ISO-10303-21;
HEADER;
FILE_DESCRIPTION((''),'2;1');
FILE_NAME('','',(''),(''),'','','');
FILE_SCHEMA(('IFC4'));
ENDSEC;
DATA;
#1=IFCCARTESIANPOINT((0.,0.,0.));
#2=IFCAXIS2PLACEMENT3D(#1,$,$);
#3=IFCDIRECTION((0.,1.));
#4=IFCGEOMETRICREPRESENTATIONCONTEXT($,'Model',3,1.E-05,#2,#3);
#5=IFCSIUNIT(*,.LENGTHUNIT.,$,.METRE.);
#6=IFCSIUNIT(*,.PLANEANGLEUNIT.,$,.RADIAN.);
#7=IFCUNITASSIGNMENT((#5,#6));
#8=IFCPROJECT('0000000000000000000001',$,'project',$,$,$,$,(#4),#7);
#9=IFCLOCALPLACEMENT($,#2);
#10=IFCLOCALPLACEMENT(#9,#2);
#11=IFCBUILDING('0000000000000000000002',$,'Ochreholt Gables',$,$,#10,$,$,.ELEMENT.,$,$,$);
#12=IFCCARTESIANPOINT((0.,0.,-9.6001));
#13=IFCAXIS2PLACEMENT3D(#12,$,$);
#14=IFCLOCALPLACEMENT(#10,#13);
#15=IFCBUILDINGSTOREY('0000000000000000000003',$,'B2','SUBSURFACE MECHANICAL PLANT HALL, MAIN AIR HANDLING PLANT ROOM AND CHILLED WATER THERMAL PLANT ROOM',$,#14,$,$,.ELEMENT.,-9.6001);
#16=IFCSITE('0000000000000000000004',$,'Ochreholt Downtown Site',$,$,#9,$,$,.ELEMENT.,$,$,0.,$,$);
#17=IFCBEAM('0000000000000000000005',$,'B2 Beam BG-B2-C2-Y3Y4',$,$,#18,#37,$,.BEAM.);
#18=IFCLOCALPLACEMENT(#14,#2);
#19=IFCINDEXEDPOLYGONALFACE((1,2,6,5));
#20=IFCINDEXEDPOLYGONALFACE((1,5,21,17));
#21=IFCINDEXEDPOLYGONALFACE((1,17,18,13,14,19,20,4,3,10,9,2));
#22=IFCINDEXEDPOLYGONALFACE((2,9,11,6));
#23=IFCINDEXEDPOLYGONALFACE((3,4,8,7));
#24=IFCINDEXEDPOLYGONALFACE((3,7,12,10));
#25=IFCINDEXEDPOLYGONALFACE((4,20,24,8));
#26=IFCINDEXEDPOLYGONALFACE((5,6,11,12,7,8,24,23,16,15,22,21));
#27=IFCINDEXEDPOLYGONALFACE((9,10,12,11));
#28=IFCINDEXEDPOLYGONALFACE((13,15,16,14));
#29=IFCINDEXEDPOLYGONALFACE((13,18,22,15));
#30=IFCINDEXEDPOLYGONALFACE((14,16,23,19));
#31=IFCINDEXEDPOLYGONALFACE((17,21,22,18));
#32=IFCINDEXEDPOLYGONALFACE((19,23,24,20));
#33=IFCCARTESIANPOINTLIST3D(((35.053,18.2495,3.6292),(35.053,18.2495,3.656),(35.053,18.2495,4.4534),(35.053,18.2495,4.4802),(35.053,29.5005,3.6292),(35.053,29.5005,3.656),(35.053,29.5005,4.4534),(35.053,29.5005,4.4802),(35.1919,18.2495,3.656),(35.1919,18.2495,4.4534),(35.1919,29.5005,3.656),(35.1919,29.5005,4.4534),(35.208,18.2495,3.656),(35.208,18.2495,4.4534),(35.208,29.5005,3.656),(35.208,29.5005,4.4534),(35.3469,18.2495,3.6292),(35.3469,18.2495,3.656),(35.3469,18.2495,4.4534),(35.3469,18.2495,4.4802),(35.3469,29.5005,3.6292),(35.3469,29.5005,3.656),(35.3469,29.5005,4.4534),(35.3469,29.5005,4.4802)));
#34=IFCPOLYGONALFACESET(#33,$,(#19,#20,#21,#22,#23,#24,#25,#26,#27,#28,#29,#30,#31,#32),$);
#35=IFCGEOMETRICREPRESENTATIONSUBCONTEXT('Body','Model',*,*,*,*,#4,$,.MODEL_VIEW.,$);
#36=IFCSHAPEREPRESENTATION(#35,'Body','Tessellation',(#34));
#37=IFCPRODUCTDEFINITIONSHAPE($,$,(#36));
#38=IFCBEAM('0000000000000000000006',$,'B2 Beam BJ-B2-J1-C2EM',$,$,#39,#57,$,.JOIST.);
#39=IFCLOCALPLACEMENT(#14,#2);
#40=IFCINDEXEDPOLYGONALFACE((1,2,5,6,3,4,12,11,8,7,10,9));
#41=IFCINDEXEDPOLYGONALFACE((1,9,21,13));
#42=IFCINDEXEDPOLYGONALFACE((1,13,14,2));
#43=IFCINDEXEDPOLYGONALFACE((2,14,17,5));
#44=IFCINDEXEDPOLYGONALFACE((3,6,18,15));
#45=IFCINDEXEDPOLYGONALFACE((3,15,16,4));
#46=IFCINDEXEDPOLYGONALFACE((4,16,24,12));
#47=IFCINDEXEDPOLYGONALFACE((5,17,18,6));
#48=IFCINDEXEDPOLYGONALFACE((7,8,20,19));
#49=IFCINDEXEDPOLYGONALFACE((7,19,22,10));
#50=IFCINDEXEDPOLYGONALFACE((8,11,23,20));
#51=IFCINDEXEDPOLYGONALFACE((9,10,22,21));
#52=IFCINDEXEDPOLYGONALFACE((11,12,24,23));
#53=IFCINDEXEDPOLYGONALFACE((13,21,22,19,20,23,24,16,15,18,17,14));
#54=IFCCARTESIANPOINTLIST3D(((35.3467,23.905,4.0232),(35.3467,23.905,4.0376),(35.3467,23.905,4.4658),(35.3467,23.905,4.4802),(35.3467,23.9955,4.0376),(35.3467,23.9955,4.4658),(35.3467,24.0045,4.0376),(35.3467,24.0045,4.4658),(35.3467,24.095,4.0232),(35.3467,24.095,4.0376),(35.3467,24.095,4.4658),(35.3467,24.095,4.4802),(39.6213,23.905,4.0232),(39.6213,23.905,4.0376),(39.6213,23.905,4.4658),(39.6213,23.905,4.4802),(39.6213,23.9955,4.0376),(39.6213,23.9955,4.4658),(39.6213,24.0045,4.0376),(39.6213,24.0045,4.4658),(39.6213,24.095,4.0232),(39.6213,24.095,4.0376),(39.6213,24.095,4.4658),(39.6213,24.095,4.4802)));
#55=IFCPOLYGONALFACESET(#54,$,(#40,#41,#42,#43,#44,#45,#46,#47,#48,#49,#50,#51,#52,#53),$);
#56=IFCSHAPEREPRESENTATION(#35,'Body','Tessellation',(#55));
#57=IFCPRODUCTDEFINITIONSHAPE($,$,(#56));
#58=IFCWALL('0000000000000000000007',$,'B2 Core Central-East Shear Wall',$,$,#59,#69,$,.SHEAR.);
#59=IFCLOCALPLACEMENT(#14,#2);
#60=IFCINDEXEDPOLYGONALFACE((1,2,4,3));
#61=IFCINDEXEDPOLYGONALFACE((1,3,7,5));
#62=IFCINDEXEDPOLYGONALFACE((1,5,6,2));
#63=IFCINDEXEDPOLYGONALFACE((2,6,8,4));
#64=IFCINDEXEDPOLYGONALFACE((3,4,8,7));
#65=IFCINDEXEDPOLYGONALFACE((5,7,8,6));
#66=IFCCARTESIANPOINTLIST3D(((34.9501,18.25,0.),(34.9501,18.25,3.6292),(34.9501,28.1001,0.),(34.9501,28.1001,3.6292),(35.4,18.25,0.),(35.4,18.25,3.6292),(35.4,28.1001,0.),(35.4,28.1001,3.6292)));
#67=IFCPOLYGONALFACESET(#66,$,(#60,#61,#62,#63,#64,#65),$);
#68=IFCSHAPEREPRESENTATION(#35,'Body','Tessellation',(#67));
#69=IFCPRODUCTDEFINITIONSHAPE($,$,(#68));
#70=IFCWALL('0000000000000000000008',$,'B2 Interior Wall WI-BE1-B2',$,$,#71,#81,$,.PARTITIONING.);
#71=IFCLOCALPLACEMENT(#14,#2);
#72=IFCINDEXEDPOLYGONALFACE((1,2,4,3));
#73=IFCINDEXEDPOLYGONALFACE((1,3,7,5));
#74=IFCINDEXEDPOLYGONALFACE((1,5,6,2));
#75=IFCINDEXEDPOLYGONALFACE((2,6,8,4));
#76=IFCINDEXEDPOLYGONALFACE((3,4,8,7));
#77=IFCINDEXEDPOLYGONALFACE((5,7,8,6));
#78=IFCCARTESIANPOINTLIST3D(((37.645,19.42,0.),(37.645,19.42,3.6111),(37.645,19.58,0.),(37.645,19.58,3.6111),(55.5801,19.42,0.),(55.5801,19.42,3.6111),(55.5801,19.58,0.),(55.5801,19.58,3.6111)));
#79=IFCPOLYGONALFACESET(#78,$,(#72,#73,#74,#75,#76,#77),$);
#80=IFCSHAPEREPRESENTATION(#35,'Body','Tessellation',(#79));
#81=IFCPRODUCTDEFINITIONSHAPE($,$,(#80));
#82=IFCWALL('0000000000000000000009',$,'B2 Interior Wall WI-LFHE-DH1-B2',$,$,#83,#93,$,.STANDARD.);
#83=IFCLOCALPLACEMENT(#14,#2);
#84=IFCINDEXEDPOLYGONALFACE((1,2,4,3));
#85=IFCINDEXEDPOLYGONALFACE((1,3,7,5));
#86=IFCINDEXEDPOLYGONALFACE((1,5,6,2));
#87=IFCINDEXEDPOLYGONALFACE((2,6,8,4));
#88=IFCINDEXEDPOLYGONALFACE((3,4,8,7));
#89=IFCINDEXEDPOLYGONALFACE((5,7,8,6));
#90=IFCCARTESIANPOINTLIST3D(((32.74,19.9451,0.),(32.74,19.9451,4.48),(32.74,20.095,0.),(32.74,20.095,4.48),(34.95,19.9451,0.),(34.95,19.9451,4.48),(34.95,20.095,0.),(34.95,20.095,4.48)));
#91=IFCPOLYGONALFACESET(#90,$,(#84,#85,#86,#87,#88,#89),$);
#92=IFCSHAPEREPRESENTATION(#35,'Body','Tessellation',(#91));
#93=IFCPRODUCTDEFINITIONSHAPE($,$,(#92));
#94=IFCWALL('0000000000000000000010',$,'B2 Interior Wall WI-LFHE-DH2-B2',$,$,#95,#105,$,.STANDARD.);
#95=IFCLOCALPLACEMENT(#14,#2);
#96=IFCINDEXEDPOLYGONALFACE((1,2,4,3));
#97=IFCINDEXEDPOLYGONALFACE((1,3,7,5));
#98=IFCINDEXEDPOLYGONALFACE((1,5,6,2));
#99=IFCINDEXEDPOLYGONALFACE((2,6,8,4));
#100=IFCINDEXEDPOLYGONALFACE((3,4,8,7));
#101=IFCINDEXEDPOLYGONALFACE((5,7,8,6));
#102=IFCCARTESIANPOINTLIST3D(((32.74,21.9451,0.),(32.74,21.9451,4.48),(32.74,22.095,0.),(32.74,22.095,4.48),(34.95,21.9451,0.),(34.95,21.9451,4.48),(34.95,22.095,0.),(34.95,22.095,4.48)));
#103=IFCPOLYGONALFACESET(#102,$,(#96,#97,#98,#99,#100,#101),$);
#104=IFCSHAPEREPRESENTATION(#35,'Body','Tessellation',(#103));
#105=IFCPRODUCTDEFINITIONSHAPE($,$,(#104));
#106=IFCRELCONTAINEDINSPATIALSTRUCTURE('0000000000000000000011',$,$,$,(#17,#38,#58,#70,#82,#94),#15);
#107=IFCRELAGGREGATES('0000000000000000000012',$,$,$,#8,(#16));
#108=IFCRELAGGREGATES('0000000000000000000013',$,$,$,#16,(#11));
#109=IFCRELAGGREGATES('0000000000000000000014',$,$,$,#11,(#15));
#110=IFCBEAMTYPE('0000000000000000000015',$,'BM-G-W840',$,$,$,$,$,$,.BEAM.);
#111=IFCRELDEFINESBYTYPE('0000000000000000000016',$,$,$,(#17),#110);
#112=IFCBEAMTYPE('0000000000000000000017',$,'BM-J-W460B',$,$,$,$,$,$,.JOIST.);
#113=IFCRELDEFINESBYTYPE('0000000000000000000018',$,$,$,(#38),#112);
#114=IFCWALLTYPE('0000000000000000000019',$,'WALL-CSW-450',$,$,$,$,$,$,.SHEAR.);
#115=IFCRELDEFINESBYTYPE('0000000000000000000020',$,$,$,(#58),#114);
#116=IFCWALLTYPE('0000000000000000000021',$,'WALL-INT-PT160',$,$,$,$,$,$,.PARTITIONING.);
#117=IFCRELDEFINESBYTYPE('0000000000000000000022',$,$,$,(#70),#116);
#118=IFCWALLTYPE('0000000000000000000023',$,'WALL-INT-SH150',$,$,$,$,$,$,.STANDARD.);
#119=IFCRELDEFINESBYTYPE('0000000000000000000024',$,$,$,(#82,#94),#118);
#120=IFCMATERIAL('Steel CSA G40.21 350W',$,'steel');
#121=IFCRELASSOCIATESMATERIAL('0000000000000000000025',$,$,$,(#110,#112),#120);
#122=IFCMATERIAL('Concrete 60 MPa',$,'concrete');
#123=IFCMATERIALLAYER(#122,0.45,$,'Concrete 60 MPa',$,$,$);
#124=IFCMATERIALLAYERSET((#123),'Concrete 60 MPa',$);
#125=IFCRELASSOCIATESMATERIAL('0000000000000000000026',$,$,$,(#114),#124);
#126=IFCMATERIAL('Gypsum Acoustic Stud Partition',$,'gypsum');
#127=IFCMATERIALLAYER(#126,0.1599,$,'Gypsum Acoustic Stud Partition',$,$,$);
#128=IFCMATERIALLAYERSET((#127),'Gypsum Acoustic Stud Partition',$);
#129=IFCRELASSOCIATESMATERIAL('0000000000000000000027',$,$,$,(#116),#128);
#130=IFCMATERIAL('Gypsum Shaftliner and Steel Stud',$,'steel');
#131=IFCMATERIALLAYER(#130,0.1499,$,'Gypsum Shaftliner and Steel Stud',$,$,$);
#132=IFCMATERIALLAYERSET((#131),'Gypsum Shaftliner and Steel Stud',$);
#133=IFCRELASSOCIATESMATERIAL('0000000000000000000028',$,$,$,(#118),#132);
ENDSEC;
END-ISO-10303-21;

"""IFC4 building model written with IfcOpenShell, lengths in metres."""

from ifc_helpers import new_model, si_unit, direction, frame, frame_2d, origin, origin_2d, place, context, subcontext, project, spatial, rectangle, i_section, extrude, material, layer, layer_set, material_profile, profile_set, type_object, element, save


model = new_model("IFC4")

# Units and contexts
model_context = context("Model", 3, precision=1e-05, world=origin(), true_north=direction((0.0, 1.0)))
body_context = subcontext(model_context, "Body", "Model", "MODEL_VIEW")
ifc_project = project(units=[si_unit("LENGTHUNIT", "METRE"), si_unit("PLANEANGLEUNIT", "RADIAN")], contexts=[model_context])

# Site, building, storey
site_placement = place(None, origin())
site = spatial("IfcSite", under=ifc_project, at=site_placement, Name="Ochreholt Downtown Site", CompositionType="ELEMENT", RefElevation=0.0)
building_placement = place(site_placement, origin())
building = spatial("IfcBuilding", under=site, at=building_placement, Name="Ochreholt Gables", CompositionType="ELEMENT")
storey_placement = place(building_placement, frame((0.0, 0.0, -9.6001)))
storey = spatial("IfcBuildingStorey", under=building, at=storey_placement, Name="B2", Description="SUBSURFACE MECHANICAL PLANT HALL, MAIN AIR HANDLING PLANT ROOM AND CHILLED WATER THERMAL PLANT ROOM", CompositionType="ELEMENT", Elevation=-9.6001)

# Shared definitions
ifc_material_1 = material(Name="Steel CSA G40.21 350W", Category="steel")
ifc_material_2 = material(Name="Concrete 60 MPa", Category="concrete")

# Beams
ifc_material_profile_1 = material_profile(ifc_material_1, i_section(OverallWidth=0.2939, OverallDepth=0.8511, WebThickness=0.0161, FlangeThickness=0.0269, at=origin_2d()), Name="W840X226")
ifc_profile_set_1 = profile_set([ifc_material_profile_1], Name="Steel CSA G40.21 350W")
beam_type_1 = type_object("IfcBeamType", Name="BM-G-W840", PredefinedType="BEAM", material=ifc_profile_set_1)
beam_1_placement = place(storey_placement, frame((35.2, 18.2495, 4.0547), z_axis=(0.0, 1.0, 0.0), x_axis=(-1.0, 0.0, 0.0)))
element("IfcBeam", 1, at=beam_1_placement, inside=storey, type_object=beam_type_1, Name="B2 Beam BG-B2-C2-Y3Y4", PredefinedType="BEAM", context=body_context, shape_type="SweptSolid", body=[
    extrude(i_section(OverallWidth=0.2939, OverallDepth=0.8511, WebThickness=0.0161, FlangeThickness=0.0269, at=origin_2d()), origin(), (0.0, 0.0, 1.0), 11.251),
])
ifc_material_profile_2 = material_profile(ifc_material_1, i_section(OverallWidth=0.1899, OverallDepth=0.457, WebThickness=0.009, FlangeThickness=0.0144, at=origin_2d()), Name="W460X74")
ifc_profile_set_2 = profile_set([ifc_material_profile_2], Name="Steel CSA G40.21 350W")
beam_type_2 = type_object("IfcBeamType", Name="BM-J-W460B", PredefinedType="JOIST", material=ifc_profile_set_2)
beam_2_placement = place(storey_placement, frame((35.3467, 24.0, 4.2517), z_axis=(1.0, 0.0, 0.0), x_axis=(0.0, 1.0, 0.0)))
element("IfcBeam", 2, at=beam_2_placement, inside=storey, type_object=beam_type_2, Name="B2 Beam BJ-B2-J1-C2EM", PredefinedType="JOIST", context=body_context, shape_type="SweptSolid", body=[
    extrude(i_section(OverallWidth=0.1899, OverallDepth=0.457, WebThickness=0.009, FlangeThickness=0.0144, at=origin_2d()), origin(), (0.0, 0.0, 1.0), 4.2747),
])

# Walls
ifc_layer_1 = layer(ifc_material_2, 0.45, Name="Concrete 60 MPa")
ifc_layer_set_1 = layer_set([ifc_layer_1], Name="Concrete 60 MPa")
wall_type_1 = type_object("IfcWallType", Name="WALL-CSW-450", PredefinedType="SHEAR", material=ifc_layer_set_1)
wall_1_placement = place(storey_placement, frame((35.175, 18.25, 0.0), z_axis=(0.0, 0.0, 1.0), x_axis=(0.0, 1.0, 0.0)))
element("IfcWall", 3, at=wall_1_placement, inside=storey, type_object=wall_type_1, Name="B2 Core Central-East Shear Wall", PredefinedType="SHEAR", context=body_context, shape_type="SweptSolid", body=[
    extrude(rectangle(XDim=9.8501, YDim=0.45, at=frame_2d((4.925, 0.0))), origin(), (0.0, 0.0, 1.0), 3.6292),
])
ifc_material_3 = material(Name="Gypsum Acoustic Stud Partition", Category="gypsum")
ifc_layer_2 = layer(ifc_material_3, 0.1599, Name="Gypsum Acoustic Stud Partition")
ifc_layer_set_2 = layer_set([ifc_layer_2], Name="Gypsum Acoustic Stud Partition")
wall_type_2 = type_object("IfcWallType", Name="WALL-INT-PT160", PredefinedType="PARTITIONING", material=ifc_layer_set_2)
wall_2_placement = place(storey_placement, frame((37.645, 19.5, 0.0), z_axis=(0.0, 0.0, 1.0), x_axis=(1.0, 0.0, 0.0)))
element("IfcWall", 4, at=wall_2_placement, inside=storey, type_object=wall_type_2, Name="B2 Interior Wall WI-BE1-B2", PredefinedType="PARTITIONING", context=body_context, shape_type="SweptSolid", body=[
    extrude(rectangle(XDim=17.9351, YDim=0.1599, at=frame_2d((8.9675, 0.0))), origin(), (0.0, 0.0, 1.0), 3.6111),
])
ifc_material_4 = material(Name="Gypsum Shaftliner and Steel Stud", Category="steel")
ifc_layer_3 = layer(ifc_material_4, 0.1499, Name="Gypsum Shaftliner and Steel Stud")
ifc_layer_set_3 = layer_set([ifc_layer_3], Name="Gypsum Shaftliner and Steel Stud")
wall_type_3 = type_object("IfcWallType", Name="WALL-INT-SH150", PredefinedType="STANDARD", material=ifc_layer_set_3)
for number, where, z_axis, x_axis, name in (
    (5, (32.74, 20.02, 0.0), (0.0, 0.0, 1.0), (1.0, 0.0, 0.0), "B2 Interior Wall WI-LFHE-DH1-B2"),
    (6, (32.74, 22.02, 0.0), (0.0, 0.0, 1.0), (1.0, 0.0, 0.0), "B2 Interior Wall WI-LFHE-DH2-B2"),
):
    element("IfcWall", number, at=place(storey_placement, frame(where, z_axis=z_axis, x_axis=x_axis)), inside=storey, type_object=wall_type_3, Name=name, PredefinedType="STANDARD", context=body_context, shape_type="SweptSolid", body=[
        extrude(rectangle(XDim=2.21, YDim=0.1499, at=frame_2d((1.105, 0.0))), origin(), (0.0, 0.0, 1.0), 4.48),
    ])

save(model, "model.ifc")
